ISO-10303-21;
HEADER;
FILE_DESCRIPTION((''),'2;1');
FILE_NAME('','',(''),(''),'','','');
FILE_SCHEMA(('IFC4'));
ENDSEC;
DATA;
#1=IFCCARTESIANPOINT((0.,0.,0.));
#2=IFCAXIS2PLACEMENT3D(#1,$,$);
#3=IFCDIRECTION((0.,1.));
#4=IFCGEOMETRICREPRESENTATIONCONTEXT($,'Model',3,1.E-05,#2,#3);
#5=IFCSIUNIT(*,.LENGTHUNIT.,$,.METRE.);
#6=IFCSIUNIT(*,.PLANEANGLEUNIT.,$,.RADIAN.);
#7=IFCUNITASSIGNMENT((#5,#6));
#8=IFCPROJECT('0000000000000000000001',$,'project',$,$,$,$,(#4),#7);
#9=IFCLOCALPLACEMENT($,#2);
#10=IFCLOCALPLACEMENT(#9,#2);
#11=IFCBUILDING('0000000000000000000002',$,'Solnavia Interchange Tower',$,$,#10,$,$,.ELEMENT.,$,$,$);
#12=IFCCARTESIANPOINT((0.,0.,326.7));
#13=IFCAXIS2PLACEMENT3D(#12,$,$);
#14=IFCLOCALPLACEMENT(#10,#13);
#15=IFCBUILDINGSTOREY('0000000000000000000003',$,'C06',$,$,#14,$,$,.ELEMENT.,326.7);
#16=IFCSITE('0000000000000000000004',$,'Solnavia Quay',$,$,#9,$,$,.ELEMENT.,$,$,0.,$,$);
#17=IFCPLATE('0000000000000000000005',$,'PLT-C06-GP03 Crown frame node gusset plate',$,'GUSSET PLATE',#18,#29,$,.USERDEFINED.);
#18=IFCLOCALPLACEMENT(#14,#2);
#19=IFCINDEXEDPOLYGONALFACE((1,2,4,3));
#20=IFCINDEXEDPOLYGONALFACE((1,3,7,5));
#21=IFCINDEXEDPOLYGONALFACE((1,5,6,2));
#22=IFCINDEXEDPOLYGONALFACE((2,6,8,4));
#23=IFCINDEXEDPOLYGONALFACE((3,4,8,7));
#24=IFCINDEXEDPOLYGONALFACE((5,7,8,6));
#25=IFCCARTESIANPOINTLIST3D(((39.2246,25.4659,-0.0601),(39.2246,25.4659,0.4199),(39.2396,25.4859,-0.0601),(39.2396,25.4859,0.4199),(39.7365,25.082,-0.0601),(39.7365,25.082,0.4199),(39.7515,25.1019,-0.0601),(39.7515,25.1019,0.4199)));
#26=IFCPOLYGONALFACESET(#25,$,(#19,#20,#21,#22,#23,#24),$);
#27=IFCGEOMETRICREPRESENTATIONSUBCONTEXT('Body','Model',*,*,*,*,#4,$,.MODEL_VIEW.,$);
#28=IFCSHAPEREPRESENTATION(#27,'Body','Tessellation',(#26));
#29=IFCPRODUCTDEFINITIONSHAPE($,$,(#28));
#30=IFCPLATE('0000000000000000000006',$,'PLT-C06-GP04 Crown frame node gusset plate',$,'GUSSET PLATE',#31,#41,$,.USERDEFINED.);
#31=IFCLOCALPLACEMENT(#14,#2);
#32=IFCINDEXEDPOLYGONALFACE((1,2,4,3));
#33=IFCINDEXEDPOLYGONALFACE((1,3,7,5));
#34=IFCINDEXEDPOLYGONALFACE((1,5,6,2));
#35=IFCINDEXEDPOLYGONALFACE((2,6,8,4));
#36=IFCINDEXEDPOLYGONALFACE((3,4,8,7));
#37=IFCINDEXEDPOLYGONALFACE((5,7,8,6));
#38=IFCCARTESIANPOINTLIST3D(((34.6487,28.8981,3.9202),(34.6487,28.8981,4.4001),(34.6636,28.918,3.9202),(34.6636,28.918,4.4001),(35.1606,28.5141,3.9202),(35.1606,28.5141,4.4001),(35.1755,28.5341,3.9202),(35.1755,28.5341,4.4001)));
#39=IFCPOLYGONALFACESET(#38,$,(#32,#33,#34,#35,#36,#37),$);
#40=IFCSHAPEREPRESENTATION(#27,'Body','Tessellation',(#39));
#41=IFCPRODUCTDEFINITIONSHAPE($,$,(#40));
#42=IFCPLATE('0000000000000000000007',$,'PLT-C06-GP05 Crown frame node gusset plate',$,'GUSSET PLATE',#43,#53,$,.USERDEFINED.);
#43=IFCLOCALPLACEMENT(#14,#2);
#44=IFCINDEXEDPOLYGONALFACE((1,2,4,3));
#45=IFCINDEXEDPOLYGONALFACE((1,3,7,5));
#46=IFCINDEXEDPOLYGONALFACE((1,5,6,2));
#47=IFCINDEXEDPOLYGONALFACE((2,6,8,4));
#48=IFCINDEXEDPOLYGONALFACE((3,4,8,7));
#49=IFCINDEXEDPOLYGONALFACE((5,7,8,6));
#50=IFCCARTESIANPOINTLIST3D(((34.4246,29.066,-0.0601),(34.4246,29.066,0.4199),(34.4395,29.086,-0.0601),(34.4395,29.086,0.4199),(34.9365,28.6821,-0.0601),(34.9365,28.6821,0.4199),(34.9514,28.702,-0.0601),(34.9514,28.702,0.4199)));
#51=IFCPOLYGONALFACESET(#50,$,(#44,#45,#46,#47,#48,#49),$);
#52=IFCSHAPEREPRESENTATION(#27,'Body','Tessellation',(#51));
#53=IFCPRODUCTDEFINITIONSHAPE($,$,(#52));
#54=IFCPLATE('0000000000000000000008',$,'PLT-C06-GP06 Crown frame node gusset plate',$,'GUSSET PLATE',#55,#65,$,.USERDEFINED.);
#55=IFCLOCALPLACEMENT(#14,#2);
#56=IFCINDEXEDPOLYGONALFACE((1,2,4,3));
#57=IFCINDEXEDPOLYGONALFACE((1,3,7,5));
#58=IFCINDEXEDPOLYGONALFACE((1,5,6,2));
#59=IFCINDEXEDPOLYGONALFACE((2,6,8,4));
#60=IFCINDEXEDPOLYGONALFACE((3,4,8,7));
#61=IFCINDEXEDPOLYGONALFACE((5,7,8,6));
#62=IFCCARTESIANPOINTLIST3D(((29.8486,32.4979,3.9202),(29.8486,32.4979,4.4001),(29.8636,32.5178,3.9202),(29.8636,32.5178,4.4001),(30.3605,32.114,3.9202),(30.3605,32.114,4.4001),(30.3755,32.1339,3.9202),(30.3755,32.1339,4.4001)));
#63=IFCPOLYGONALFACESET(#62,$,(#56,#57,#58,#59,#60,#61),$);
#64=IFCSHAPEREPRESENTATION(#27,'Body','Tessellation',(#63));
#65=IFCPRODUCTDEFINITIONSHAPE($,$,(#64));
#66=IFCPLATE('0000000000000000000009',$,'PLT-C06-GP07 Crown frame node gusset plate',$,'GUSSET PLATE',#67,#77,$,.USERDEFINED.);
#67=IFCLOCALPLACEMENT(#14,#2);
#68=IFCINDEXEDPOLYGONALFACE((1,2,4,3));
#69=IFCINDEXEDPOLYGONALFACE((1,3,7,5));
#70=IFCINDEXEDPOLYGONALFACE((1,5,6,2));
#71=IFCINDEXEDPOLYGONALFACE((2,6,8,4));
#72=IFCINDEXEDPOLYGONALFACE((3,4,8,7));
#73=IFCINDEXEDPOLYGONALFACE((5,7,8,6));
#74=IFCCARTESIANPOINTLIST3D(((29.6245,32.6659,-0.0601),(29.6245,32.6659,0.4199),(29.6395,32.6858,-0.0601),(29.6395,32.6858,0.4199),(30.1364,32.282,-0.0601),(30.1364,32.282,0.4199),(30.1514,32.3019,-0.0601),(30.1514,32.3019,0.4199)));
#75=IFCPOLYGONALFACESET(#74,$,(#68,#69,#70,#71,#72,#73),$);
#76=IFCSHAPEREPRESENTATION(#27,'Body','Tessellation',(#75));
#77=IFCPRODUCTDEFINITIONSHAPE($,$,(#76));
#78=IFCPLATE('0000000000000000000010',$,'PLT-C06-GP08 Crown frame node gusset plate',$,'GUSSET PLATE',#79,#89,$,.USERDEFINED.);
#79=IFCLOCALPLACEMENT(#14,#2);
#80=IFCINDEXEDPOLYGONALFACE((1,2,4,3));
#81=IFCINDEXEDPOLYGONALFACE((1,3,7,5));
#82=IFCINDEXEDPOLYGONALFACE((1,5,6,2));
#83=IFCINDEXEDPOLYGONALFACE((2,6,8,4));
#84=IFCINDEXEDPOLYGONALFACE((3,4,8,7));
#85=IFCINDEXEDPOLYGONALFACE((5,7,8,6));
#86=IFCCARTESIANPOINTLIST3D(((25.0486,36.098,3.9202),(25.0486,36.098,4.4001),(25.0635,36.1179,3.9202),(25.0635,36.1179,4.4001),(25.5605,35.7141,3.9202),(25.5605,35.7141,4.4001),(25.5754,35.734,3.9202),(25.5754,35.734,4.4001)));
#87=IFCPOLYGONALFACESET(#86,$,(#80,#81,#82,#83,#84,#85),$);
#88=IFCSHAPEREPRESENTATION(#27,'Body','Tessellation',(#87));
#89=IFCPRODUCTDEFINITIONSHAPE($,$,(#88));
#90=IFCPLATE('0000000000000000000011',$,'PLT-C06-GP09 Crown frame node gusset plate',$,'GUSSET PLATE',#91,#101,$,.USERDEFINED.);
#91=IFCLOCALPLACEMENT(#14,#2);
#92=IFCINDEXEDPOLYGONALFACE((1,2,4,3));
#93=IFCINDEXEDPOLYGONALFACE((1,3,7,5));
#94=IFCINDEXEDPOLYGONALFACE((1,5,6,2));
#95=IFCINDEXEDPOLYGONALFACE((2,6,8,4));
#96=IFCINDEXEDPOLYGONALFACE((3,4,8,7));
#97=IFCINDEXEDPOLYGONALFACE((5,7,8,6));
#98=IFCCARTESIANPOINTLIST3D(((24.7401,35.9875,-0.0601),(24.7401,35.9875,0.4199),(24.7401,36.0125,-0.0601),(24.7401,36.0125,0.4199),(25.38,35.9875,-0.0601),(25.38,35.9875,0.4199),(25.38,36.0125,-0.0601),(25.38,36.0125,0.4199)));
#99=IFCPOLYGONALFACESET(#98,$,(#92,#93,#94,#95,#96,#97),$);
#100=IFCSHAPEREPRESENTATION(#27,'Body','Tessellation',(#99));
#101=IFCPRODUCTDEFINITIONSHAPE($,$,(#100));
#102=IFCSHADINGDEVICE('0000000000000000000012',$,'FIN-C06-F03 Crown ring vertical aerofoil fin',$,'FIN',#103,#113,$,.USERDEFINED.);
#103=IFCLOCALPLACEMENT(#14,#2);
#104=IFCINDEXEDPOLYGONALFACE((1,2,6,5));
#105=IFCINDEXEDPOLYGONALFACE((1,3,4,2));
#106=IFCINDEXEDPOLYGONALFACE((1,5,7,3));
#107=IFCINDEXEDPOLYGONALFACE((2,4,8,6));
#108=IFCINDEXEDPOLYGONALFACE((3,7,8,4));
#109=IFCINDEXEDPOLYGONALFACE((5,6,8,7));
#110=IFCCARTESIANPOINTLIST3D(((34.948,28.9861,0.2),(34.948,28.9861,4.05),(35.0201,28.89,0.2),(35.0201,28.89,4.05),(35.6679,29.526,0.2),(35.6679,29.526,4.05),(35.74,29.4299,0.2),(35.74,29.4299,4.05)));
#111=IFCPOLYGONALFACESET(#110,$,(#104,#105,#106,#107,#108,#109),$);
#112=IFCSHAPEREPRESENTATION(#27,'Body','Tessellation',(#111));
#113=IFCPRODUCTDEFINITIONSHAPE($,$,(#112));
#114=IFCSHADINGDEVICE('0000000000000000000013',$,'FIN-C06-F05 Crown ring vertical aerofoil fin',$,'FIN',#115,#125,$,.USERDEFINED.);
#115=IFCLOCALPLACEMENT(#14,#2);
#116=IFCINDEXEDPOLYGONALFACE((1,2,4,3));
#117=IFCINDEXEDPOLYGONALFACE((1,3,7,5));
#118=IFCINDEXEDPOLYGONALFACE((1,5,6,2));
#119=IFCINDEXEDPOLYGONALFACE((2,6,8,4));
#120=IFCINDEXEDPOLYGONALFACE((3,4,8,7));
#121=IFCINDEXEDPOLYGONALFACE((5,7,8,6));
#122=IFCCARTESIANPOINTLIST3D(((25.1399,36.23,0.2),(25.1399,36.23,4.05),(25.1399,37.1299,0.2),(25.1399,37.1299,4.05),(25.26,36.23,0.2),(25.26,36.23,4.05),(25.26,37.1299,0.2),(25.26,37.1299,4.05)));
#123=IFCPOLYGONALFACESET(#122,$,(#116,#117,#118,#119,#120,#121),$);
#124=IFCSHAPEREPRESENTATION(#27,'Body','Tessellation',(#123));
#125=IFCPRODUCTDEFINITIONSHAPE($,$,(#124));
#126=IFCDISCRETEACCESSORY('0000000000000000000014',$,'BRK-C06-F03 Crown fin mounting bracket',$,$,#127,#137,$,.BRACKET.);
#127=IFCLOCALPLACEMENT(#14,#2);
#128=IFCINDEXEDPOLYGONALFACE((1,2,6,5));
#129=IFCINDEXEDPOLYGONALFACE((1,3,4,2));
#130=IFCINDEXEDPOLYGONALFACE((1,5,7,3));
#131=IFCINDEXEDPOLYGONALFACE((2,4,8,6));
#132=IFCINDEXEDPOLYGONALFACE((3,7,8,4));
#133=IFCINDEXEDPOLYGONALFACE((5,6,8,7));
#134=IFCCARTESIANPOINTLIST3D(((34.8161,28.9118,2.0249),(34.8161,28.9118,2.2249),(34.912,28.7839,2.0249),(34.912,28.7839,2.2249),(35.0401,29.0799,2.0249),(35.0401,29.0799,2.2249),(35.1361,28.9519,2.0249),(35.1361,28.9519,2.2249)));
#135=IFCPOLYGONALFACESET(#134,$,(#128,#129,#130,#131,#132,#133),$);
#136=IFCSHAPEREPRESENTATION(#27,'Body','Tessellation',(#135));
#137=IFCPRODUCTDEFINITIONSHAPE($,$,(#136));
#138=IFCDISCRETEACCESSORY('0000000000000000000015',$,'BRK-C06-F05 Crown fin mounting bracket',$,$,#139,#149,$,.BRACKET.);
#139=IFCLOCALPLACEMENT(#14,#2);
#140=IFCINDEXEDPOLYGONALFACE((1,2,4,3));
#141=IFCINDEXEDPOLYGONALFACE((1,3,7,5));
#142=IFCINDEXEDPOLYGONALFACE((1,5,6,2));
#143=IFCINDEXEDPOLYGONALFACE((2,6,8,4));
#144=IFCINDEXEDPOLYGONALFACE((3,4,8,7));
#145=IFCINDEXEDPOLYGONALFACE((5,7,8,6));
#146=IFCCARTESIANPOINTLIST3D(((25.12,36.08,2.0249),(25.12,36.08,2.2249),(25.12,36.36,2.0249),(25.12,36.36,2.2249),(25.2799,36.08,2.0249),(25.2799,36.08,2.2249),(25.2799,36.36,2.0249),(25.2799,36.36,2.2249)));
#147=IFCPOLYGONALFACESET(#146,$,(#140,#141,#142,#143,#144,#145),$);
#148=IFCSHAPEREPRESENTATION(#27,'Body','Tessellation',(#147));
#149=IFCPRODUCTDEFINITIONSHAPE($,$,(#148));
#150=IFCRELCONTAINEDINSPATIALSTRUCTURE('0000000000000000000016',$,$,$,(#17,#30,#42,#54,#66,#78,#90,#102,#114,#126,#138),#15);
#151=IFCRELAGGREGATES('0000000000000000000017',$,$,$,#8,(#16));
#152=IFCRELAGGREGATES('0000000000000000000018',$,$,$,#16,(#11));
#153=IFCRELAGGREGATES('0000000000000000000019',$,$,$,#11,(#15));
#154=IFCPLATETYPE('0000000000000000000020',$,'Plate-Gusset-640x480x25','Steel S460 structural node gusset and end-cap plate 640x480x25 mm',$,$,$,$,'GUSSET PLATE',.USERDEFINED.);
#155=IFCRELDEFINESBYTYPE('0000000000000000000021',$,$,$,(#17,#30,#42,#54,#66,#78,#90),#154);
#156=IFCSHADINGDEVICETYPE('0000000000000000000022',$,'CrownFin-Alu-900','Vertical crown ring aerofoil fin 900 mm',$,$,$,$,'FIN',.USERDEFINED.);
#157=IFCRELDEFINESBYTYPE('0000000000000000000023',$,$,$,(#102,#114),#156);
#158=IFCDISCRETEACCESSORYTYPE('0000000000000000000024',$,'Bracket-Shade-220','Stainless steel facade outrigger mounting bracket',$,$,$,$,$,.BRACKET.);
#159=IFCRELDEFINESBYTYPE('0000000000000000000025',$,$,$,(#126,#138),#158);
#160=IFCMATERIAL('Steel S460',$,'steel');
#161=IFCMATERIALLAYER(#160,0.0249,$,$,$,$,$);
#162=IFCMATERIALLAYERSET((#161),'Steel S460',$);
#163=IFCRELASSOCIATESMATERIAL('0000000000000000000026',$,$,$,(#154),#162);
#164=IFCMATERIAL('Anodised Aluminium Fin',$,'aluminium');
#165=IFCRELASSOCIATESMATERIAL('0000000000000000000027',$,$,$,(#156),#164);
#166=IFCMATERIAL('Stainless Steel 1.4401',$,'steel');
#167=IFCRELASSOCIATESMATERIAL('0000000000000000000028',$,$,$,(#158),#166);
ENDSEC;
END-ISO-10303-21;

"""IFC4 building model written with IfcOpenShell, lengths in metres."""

from ifc_helpers import new_model, si_unit, direction, frame, origin, origin_2d, place, context, subcontext, project, spatial, rectangle, extrude, material, layer, layer_set, type_object, element, save


model = new_model("IFC4")

# Units and contexts
model_context = context("Model", 3, precision=1e-05, world=origin(), true_north=direction((0.0, 1.0)))
body_context = subcontext(model_context, "Body", "Model", "MODEL_VIEW")
ifc_project = project(units=[si_unit("LENGTHUNIT", "METRE"), si_unit("PLANEANGLEUNIT", "RADIAN")], contexts=[model_context])

# Site, building, storey
site_placement = place(None, origin())
site = spatial("IfcSite", under=ifc_project, at=site_placement, Name="Solnavia Quay", CompositionType="ELEMENT", RefElevation=0.0)
building_placement = place(site_placement, origin())
building = spatial("IfcBuilding", under=site, at=building_placement, Name="Solnavia Interchange Tower", CompositionType="ELEMENT")
storey_placement = place(building_placement, frame((0.0, 0.0, 326.7)))
storey = spatial("IfcBuildingStorey", under=building, at=storey_placement, Name="C06", CompositionType="ELEMENT", Elevation=326.7)

# Shared definitions
ifc_material_1 = material(Name="Steel S460", Category="steel")

# Plates
ifc_layer = layer(ifc_material_1, 0.0249)
ifc_layer_set = layer_set([ifc_layer], Name="Steel S460")
plate_type = type_object("IfcPlateType", Name="Plate-Gusset-640x480x25", Description="Steel S460 structural node gusset and end-cap plate 640x480x25 mm", ElementType="GUSSET PLATE", PredefinedType="USERDEFINED", material=ifc_layer_set)
for number, where, z_axis, x_axis, name in (
    (1, (39.488, 25.2839, -0.0601), (0.0, 0.0, 1.0), (-0.799999, 0.600001, 0.0), "PLT-C06-GP03 Crown frame node gusset plate"),
    (2, (34.9121, 28.7161, 3.9202), (0.0, 0.0, 1.0), (-0.799999, 0.600001, 0.0), "PLT-C06-GP04 Crown frame node gusset plate"),
    (3, (34.688, 28.884, -0.0601), (0.0, 0.0, 1.0), (-0.799999, 0.600001, 0.0), "PLT-C06-GP05 Crown frame node gusset plate"),
    (4, (30.1121, 32.3159, 3.9202), (0.0, 0.0, 1.0), (-0.799999, 0.600001, 0.0), "PLT-C06-GP06 Crown frame node gusset plate"),
    (5, (29.8879, 32.4839, -0.0601), (0.0, 0.0, 1.0), (-0.799999, 0.600001, 0.0), "PLT-C06-GP07 Crown frame node gusset plate"),
    (6, (25.312, 35.916, 3.9202), (0.0, 0.0, 1.0), (-0.799999, 0.600001, 0.0), "PLT-C06-GP08 Crown frame node gusset plate"),
    (7, (25.0601, 36.0, -0.0601), (0.0, 0.0, 1.0), (-1.0, 0.0, 0.0), "PLT-C06-GP09 Crown frame node gusset plate"),
):
    element("IfcPlate", number, at=place(storey_placement, frame(where, z_axis=z_axis, x_axis=x_axis)), inside=storey, type_object=plate_type, Name=name, ObjectType="GUSSET PLATE", PredefinedType="USERDEFINED", context=body_context, shape_type="SweptSolid", body=[
        extrude(rectangle(XDim=0.6399, YDim=0.0249, at=origin_2d()), origin(), (0.0, 0.0, 1.0), 0.48),
    ])

# Shading devices
ifc_material_2 = material(Name="Anodised Aluminium Fin", Category="aluminium")
shading_device_type = type_object("IfcShadingDeviceType", Name="CrownFin-Alu-900", Description="Vertical crown ring aerofoil fin 900 mm", ElementType="FIN", PredefinedType="USERDEFINED", material=ifc_material_2)
for number, where, z_axis, x_axis, name in (
    (8, (35.344, 29.208, 0.2), (0.0, 0.0, 1.0), (0.799999, 0.600001, 0.0), "FIN-C06-F03 Crown ring vertical aerofoil fin"),
    (9, (25.2, 36.6799, 0.2), (0.0, 0.0, 1.0), (0.0, 1.0, 0.0), "FIN-C06-F05 Crown ring vertical aerofoil fin"),
):
    element("IfcShadingDevice", number, at=place(storey_placement, frame(where, z_axis=z_axis, x_axis=x_axis)), inside=storey, type_object=shading_device_type, Name=name, ObjectType="FIN", PredefinedType="USERDEFINED", context=body_context, shape_type="SweptSolid", body=[
        extrude(rectangle(XDim=0.8999, YDim=0.1201, at=origin_2d()), origin(), (0.0, 0.0, 1.0), 3.8501),
    ])

# Discrete accessories
ifc_material_3 = material(Name="Stainless Steel 1.4401", Category="steel")
discrete_accessory_type = type_object("IfcDiscreteAccessoryType", Name="Bracket-Shade-220", Description="Stainless steel facade outrigger mounting bracket", PredefinedType="BRACKET", material=ifc_material_3)
for number, where, z_axis, x_axis, name in (
    (10, (34.9761, 28.9319, 2.0249), (0.0, 0.0, 1.0), (0.799999, 0.600001, 0.0), "BRK-C06-F03 Crown fin mounting bracket"),
    (11, (25.2, 36.22, 2.0249), (0.0, 0.0, 1.0), (0.0, 1.0, 0.0), "BRK-C06-F05 Crown fin mounting bracket"),
):
    element("IfcDiscreteAccessory", number, at=place(storey_placement, frame(where, z_axis=z_axis, x_axis=x_axis)), inside=storey, type_object=discrete_accessory_type, Name=name, PredefinedType="BRACKET", context=body_context, shape_type="SweptSolid", body=[
        extrude(rectangle(XDim=0.28, YDim=0.1599, at=origin_2d()), origin(), (0.0, 0.0, 1.0), 0.2),
    ])

save(model, "model.ifc")
